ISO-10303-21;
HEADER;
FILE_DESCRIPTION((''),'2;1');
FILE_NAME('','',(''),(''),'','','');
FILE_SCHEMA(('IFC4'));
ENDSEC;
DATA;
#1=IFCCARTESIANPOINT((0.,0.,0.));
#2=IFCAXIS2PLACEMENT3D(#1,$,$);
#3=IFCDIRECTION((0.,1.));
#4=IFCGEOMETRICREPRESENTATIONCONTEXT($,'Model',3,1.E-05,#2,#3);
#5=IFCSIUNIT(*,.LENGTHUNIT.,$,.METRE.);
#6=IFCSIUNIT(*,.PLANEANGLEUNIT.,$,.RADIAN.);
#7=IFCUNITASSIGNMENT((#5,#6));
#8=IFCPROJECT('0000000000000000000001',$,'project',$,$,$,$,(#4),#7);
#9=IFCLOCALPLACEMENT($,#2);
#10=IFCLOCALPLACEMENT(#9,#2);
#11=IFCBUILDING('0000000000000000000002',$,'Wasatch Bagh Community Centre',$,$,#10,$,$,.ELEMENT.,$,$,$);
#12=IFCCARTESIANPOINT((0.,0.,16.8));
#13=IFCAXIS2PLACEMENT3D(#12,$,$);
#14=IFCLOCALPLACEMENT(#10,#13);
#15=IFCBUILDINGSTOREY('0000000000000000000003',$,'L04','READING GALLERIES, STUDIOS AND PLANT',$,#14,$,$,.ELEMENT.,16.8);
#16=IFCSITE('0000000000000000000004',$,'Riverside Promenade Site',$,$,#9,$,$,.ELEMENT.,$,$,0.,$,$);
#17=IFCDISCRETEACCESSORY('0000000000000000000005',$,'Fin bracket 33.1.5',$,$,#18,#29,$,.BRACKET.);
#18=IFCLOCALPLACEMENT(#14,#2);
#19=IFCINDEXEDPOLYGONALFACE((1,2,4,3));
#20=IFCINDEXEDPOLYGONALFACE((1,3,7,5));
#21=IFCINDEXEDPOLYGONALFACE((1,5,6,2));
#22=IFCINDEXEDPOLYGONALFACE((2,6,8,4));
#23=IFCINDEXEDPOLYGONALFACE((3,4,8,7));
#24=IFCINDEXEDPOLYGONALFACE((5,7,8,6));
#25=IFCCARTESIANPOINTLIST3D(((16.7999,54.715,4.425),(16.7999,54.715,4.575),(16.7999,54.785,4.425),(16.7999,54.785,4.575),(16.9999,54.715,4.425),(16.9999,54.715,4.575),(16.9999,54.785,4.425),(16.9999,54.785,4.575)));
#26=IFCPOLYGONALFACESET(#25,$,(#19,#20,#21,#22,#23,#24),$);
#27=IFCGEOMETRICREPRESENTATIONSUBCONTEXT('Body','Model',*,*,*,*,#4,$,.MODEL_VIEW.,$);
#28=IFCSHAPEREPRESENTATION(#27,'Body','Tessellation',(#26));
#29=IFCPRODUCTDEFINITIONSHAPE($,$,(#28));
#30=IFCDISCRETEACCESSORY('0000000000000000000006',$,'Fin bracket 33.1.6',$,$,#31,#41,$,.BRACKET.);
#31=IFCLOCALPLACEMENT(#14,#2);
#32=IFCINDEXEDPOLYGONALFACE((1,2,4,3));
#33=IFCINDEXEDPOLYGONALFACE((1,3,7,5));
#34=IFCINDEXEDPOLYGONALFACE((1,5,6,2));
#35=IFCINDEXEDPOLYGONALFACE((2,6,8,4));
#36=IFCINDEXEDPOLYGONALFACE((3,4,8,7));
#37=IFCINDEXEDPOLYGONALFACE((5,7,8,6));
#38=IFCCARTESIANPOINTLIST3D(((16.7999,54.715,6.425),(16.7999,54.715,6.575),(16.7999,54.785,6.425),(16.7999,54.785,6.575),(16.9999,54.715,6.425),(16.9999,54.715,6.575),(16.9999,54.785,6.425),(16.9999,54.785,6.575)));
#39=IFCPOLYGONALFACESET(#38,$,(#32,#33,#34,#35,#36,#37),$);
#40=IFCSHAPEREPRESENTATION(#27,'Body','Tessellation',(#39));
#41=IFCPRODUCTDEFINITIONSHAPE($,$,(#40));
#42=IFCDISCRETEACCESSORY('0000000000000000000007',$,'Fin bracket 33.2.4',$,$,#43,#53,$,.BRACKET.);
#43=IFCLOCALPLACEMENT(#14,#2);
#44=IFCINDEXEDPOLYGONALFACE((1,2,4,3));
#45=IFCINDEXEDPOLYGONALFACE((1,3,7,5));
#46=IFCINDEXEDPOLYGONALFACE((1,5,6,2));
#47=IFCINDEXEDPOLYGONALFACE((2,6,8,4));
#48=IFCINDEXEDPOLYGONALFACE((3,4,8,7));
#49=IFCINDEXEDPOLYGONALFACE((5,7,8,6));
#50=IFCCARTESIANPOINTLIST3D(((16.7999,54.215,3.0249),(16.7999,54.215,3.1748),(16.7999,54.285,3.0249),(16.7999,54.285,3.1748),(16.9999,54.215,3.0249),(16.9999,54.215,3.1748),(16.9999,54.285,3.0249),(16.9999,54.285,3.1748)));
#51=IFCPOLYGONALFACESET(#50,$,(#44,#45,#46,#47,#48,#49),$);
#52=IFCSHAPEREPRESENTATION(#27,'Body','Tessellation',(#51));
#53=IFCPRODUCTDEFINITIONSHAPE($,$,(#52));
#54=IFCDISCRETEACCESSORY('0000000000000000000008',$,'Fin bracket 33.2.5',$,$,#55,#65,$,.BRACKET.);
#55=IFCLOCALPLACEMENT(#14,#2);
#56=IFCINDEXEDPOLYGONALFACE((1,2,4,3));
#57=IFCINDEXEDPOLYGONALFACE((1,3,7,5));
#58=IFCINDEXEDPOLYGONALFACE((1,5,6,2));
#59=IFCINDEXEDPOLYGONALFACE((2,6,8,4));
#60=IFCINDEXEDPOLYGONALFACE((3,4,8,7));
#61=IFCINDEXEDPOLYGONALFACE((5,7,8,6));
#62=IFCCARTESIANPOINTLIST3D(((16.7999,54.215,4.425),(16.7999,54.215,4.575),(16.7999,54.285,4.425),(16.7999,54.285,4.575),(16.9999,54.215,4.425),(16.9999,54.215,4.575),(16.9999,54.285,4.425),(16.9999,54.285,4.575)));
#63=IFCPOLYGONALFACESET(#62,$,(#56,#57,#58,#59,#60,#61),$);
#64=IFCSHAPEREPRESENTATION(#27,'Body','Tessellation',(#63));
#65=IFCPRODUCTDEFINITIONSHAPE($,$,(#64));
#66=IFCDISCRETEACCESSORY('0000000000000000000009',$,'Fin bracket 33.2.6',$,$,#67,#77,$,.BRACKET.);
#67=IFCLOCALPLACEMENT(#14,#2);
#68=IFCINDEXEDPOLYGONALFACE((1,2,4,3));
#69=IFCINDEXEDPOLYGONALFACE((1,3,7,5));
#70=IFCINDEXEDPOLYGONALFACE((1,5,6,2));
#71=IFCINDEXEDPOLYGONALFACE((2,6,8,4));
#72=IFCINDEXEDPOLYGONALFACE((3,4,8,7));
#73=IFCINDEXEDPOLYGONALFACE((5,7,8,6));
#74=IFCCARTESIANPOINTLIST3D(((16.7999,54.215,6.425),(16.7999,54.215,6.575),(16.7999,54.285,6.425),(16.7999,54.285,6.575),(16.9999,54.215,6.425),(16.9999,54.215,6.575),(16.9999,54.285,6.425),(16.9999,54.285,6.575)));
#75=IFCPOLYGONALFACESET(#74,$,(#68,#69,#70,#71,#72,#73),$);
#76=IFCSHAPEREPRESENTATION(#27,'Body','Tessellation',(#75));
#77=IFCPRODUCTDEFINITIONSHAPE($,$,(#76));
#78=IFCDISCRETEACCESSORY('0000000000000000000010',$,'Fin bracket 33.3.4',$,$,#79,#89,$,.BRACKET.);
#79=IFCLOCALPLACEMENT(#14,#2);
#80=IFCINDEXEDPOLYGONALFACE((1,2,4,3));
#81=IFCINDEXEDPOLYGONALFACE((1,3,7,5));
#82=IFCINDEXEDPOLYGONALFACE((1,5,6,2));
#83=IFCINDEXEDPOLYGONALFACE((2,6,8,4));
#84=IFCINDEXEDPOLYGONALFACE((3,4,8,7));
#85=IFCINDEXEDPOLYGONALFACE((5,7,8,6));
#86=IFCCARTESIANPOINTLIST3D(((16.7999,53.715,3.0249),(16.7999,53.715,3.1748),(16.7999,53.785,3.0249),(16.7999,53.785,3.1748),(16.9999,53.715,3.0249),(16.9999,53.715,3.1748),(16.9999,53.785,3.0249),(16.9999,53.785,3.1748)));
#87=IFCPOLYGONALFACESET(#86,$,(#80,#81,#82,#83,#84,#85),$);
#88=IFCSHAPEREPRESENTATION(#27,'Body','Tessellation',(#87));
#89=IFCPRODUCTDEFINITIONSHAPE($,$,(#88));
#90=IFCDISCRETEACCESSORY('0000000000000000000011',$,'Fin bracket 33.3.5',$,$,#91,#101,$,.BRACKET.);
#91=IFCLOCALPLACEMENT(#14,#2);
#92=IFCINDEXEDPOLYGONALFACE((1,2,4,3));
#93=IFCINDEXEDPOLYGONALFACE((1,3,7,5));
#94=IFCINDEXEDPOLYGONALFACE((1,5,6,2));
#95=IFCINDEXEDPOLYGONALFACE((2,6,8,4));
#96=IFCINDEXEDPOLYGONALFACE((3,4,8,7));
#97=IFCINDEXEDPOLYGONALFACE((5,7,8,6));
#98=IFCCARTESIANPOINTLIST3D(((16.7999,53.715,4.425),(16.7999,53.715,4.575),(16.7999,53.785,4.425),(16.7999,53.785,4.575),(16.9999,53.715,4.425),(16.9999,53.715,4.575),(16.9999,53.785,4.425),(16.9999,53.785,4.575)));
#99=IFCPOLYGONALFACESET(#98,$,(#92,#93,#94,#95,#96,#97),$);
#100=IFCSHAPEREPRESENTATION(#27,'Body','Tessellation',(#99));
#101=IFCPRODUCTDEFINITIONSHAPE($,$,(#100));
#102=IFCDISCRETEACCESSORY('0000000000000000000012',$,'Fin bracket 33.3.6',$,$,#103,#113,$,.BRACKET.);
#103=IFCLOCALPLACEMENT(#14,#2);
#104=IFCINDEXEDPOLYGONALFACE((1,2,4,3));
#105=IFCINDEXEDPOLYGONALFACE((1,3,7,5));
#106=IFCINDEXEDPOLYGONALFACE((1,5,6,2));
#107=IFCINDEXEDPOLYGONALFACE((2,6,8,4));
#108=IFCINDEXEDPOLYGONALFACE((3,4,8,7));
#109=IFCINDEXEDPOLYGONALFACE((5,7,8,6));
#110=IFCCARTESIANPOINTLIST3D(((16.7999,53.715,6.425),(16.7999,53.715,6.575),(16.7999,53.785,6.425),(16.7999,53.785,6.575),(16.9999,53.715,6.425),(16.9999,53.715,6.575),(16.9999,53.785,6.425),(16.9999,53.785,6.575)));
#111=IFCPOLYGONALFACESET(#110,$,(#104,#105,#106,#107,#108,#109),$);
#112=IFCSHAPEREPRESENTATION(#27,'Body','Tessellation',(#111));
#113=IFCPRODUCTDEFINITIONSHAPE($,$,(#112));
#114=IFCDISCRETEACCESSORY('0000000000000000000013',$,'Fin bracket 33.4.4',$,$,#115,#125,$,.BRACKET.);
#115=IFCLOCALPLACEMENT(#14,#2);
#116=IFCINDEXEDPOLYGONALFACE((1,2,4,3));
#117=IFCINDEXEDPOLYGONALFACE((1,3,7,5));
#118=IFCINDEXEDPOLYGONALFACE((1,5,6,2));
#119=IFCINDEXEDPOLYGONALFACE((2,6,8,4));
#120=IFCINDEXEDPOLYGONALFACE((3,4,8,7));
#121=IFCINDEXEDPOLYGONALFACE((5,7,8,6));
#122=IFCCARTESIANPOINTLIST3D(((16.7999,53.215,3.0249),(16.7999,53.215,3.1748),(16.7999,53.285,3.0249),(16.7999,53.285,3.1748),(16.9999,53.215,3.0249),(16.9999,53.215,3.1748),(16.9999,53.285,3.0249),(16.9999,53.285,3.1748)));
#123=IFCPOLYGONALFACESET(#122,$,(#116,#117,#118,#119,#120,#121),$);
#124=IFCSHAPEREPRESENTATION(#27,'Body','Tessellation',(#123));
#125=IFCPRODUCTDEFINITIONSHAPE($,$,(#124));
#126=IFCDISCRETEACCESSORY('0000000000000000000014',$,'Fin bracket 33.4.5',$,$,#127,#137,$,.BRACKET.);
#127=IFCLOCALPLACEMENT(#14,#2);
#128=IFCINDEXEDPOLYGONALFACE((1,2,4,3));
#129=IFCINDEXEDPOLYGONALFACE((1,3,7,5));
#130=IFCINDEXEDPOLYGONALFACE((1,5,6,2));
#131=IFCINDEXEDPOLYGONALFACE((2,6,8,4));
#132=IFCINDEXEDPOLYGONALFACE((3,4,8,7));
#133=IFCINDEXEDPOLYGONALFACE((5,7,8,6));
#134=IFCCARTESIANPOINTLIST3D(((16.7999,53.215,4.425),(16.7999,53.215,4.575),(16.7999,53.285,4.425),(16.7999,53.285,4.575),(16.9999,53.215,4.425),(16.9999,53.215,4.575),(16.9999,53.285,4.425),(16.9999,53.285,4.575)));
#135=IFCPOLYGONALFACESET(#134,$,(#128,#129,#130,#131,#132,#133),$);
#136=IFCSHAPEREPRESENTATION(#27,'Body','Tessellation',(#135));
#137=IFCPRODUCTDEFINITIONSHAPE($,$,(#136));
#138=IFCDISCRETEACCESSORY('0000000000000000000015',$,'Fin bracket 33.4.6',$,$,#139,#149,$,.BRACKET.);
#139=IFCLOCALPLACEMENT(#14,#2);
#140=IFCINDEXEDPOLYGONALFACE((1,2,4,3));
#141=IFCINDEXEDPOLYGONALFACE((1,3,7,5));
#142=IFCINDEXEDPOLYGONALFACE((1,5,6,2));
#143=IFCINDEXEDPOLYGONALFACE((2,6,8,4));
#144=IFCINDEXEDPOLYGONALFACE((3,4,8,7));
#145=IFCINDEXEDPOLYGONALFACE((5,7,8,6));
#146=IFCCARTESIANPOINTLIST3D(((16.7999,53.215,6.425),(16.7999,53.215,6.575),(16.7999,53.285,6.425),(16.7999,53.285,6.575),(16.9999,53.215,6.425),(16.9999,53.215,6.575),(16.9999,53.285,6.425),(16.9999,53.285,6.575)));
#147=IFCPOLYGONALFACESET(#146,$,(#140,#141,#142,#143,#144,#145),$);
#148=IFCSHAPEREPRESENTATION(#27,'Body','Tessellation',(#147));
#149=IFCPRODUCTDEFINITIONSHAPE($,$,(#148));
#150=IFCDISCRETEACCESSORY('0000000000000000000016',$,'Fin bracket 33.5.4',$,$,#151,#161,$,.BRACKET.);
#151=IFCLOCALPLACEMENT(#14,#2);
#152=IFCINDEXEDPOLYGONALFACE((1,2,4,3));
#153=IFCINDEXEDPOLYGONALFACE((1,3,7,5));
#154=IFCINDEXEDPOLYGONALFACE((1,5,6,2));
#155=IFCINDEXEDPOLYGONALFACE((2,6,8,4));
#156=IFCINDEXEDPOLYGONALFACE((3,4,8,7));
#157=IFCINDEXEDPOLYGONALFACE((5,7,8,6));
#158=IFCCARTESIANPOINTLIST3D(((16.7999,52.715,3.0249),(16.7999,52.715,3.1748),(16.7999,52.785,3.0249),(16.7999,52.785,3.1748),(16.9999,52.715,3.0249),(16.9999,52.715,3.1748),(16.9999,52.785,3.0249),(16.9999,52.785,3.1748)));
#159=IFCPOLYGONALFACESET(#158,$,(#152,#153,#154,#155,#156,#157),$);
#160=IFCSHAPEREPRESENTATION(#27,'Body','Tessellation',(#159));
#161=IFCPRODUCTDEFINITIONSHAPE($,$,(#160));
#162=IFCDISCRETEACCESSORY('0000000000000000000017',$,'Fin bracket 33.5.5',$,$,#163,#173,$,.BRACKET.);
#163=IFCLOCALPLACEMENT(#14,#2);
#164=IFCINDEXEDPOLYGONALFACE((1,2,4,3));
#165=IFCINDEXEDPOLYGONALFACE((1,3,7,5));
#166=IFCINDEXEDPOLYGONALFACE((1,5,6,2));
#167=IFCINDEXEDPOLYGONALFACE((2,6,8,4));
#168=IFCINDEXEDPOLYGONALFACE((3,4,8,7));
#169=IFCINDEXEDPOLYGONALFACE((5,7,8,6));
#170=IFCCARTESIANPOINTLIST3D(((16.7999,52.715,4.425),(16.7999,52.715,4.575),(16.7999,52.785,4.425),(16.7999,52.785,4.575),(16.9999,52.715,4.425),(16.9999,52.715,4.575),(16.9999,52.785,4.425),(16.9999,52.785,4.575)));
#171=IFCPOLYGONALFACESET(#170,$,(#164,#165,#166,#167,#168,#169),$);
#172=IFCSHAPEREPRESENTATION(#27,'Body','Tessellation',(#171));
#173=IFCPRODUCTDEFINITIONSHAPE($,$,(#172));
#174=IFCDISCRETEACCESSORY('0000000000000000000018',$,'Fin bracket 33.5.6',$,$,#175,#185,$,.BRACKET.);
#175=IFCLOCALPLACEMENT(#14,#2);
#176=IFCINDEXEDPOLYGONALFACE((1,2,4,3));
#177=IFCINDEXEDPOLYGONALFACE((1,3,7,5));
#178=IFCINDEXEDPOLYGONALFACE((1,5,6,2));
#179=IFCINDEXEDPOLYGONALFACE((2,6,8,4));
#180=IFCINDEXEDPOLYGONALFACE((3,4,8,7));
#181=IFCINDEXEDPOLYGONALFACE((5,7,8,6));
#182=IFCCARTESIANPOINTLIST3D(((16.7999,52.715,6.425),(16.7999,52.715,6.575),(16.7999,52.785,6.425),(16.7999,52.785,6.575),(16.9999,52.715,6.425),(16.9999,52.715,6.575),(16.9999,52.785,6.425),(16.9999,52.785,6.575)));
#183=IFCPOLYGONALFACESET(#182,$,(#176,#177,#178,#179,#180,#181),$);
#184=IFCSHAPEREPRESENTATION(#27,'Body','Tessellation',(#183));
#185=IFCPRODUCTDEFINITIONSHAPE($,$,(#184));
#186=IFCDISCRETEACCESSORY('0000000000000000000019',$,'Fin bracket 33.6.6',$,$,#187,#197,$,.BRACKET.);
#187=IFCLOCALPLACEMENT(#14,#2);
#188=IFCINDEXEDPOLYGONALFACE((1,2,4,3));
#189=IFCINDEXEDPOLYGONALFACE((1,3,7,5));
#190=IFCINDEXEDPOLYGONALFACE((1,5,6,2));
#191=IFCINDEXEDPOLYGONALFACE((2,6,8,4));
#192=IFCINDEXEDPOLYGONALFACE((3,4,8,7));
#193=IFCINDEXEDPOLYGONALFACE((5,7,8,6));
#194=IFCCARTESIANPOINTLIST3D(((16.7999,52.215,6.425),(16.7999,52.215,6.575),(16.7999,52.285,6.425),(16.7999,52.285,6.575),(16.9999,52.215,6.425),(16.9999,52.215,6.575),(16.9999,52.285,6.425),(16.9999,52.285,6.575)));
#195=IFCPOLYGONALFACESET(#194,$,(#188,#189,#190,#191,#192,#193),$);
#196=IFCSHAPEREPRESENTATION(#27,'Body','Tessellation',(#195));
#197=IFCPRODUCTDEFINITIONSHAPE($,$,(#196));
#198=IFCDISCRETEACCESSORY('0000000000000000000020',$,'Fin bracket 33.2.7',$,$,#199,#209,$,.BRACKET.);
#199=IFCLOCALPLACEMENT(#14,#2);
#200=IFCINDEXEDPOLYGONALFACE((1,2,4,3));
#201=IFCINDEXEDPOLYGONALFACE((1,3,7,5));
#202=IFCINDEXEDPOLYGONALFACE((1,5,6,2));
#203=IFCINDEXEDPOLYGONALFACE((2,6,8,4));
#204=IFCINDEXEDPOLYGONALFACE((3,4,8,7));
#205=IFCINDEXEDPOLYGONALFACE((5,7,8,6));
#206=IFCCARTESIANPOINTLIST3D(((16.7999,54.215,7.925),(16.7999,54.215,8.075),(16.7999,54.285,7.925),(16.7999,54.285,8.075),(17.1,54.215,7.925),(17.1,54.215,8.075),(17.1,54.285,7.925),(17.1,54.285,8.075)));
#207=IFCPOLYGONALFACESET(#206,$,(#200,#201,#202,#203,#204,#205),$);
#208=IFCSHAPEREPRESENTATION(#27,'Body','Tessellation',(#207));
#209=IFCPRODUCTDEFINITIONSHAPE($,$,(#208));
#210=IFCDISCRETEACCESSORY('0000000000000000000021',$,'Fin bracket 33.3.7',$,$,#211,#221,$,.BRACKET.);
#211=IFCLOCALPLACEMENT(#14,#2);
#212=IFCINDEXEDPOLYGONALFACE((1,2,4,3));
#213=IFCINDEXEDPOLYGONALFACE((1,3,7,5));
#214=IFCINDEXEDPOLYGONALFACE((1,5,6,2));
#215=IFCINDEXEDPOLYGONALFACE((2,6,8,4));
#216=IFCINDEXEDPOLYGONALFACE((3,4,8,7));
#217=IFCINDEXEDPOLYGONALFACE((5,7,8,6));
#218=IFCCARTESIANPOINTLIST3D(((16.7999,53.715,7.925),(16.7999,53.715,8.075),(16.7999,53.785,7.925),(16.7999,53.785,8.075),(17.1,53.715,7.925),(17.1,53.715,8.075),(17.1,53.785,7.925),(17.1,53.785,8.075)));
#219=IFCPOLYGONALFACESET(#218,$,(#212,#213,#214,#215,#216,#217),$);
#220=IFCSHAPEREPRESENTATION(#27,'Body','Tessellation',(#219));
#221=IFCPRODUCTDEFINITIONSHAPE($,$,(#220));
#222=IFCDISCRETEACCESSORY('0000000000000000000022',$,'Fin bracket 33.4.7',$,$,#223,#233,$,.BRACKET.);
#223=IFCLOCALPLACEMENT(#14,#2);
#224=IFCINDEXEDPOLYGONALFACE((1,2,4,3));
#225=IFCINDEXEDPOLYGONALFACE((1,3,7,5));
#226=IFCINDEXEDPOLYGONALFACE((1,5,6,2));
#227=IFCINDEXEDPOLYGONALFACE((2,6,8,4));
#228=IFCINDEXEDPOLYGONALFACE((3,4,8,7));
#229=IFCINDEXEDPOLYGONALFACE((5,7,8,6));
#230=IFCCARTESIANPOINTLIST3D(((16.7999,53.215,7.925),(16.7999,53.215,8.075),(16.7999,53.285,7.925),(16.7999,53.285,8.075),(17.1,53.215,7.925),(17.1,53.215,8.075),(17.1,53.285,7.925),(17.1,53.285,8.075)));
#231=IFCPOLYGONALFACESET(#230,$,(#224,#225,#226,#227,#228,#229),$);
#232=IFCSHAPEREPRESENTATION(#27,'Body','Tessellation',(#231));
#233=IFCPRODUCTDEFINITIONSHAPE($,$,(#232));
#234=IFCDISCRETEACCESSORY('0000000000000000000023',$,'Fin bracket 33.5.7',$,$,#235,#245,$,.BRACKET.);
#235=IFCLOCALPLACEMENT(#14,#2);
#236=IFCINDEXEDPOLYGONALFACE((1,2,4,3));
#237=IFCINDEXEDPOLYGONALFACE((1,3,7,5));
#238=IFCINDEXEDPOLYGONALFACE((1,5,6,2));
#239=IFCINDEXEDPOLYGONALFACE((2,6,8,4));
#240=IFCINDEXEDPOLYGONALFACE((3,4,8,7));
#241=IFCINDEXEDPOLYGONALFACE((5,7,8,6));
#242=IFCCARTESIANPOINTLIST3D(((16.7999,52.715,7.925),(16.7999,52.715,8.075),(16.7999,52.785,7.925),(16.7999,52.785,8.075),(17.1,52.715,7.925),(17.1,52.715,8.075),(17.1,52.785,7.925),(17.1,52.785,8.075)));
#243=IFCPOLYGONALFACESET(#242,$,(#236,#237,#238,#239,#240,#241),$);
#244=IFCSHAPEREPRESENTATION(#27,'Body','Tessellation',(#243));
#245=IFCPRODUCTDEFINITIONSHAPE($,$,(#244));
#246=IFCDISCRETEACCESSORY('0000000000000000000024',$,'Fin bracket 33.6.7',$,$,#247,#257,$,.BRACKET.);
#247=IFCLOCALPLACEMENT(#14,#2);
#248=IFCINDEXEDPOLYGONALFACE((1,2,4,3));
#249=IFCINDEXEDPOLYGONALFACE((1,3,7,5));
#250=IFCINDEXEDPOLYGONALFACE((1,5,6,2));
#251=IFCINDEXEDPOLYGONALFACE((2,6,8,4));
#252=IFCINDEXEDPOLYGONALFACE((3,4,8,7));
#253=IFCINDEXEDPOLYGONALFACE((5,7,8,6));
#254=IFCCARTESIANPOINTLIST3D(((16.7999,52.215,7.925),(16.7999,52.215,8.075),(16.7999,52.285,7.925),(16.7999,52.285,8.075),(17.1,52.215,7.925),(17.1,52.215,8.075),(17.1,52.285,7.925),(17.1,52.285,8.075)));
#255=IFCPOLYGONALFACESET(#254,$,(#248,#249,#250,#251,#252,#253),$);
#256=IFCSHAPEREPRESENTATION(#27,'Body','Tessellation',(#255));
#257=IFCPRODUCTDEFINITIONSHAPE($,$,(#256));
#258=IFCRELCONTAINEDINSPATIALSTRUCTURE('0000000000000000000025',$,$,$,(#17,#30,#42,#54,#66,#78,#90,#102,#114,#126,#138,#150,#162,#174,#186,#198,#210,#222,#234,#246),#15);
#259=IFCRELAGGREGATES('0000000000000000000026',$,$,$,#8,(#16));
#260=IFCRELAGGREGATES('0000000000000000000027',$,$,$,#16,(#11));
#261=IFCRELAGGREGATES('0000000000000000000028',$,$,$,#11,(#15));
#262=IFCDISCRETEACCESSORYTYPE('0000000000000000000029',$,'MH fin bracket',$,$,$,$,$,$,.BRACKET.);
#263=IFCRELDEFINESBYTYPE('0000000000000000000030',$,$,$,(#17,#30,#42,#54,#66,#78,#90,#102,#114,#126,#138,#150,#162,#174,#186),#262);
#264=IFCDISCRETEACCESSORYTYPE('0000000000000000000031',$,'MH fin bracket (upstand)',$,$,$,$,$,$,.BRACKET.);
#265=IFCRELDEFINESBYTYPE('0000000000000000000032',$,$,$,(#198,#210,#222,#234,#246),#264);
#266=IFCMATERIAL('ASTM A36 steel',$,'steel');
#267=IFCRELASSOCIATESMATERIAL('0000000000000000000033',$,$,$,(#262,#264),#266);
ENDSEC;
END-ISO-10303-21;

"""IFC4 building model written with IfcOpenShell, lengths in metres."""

from ifc_helpers import new_model, si_unit, direction, frame, origin, origin_2d, place, context, subcontext, project, spatial, rectangle, extrude, material, type_object, element, save


model = new_model("IFC4")

# Units and contexts
model_context = context("Model", 3, precision=1e-05, world=origin(), true_north=direction((0.0, 1.0)))
body_context = subcontext(model_context, "Body", "Model", "MODEL_VIEW")
ifc_project = project(units=[si_unit("LENGTHUNIT", "METRE"), si_unit("PLANEANGLEUNIT", "RADIAN")], contexts=[model_context])

# Site, building, storey
site_placement = place(None, origin())
site = spatial("IfcSite", under=ifc_project, at=site_placement, Name="Riverside Promenade Site", CompositionType="ELEMENT", RefElevation=0.0)
building_placement = place(site_placement, origin())
building = spatial("IfcBuilding", under=site, at=building_placement, Name="Wasatch Bagh Community Centre", CompositionType="ELEMENT")
storey_placement = place(building_placement, frame((0.0, 0.0, 16.8)))
storey = spatial("IfcBuildingStorey", under=building, at=storey_placement, Name="L04", Description="READING GALLERIES, STUDIOS AND PLANT", CompositionType="ELEMENT", Elevation=16.8)

# Discrete accessories
ifc_material = material(Name="ASTM A36 steel", Category="steel")
discrete_accessory_type_1 = type_object("IfcDiscreteAccessoryType", Name="MH fin bracket", PredefinedType="BRACKET", material=ifc_material)
for number, where, z_axis, x_axis, name in (
    (1, (16.8999, 54.75, 4.425), (0.0, 0.0, 1.0), (0.0, -1.0, 0.0), "Fin bracket 33.1.5"),
    (2, (16.8999, 54.75, 6.425), (0.0, 0.0, 1.0), (0.0, -1.0, 0.0), "Fin bracket 33.1.6"),
    (3, (16.8999, 54.25, 3.0249), (0.0, 0.0, 1.0), (0.0, -1.0, 0.0), "Fin bracket 33.2.4"),
    (4, (16.8999, 54.25, 4.425), (0.0, 0.0, 1.0), (0.0, -1.0, 0.0), "Fin bracket 33.2.5"),
    (5, (16.8999, 54.25, 6.425), (0.0, 0.0, 1.0), (0.0, -1.0, 0.0), "Fin bracket 33.2.6"),
    (6, (16.8999, 53.75, 3.0249), (0.0, 0.0, 1.0), (0.0, -1.0, 0.0), "Fin bracket 33.3.4"),
    (7, (16.8999, 53.75, 4.425), (0.0, 0.0, 1.0), (0.0, -1.0, 0.0), "Fin bracket 33.3.5"),
    (8, (16.8999, 53.75, 6.425), (0.0, 0.0, 1.0), (0.0, -1.0, 0.0), "Fin bracket 33.3.6"),
    (9, (16.8999, 53.25, 3.0249), (0.0, 0.0, 1.0), (0.0, -1.0, 0.0), "Fin bracket 33.4.4"),
    (10, (16.8999, 53.25, 4.425), (0.0, 0.0, 1.0), (0.0, -1.0, 0.0), "Fin bracket 33.4.5"),
    (11, (16.8999, 53.25, 6.425), (0.0, 0.0, 1.0), (0.0, -1.0, 0.0), "Fin bracket 33.4.6"),
    (12, (16.8999, 52.75, 3.0249), (0.0, 0.0, 1.0), (0.0, -1.0, 0.0), "Fin bracket 33.5.4"),
    (13, (16.8999, 52.75, 4.425), (0.0, 0.0, 1.0), (0.0, -1.0, 0.0), "Fin bracket 33.5.5"),
    (14, (16.8999, 52.75, 6.425), (0.0, 0.0, 1.0), (0.0, -1.0, 0.0), "Fin bracket 33.5.6"),
    (15, (16.8999, 52.25, 6.425), (0.0, 0.0, 1.0), (0.0, -1.0, 0.0), "Fin bracket 33.6.6"),
):
    element("IfcDiscreteAccessory", number, at=place(storey_placement, frame(where, z_axis=z_axis, x_axis=x_axis)), inside=storey, type_object=discrete_accessory_type_1, Name=name, PredefinedType="BRACKET", context=body_context, shape_type="SweptSolid", body=[
        extrude(rectangle(XDim=0.0701, YDim=0.2, at=origin_2d()), origin(), (0.0, 0.0, 1.0), 0.1499),
    ])
discrete_accessory_type_2 = type_object("IfcDiscreteAccessoryType", Name="MH fin bracket (upstand)", PredefinedType="BRACKET", material=ifc_material)
for number, where, z_axis, x_axis, name in (
    (16, (16.95, 54.25, 7.925), (0.0, 0.0, 1.0), (0.0, -1.0, 0.0), "Fin bracket 33.2.7"),
    (17, (16.95, 53.75, 7.925), (0.0, 0.0, 1.0), (0.0, -1.0, 0.0), "Fin bracket 33.3.7"),
    (18, (16.95, 53.25, 7.925), (0.0, 0.0, 1.0), (0.0, -1.0, 0.0), "Fin bracket 33.4.7"),
    (19, (16.95, 52.75, 7.925), (0.0, 0.0, 1.0), (0.0, -1.0, 0.0), "Fin bracket 33.5.7"),
    (20, (16.95, 52.25, 7.925), (0.0, 0.0, 1.0), (0.0, -1.0, 0.0), "Fin bracket 33.6.7"),
):
    element("IfcDiscreteAccessory", number, at=place(storey_placement, frame(where, z_axis=z_axis, x_axis=x_axis)), inside=storey, type_object=discrete_accessory_type_2, Name=name, PredefinedType="BRACKET", context=body_context, shape_type="SweptSolid", body=[
        extrude(rectangle(XDim=0.0701, YDim=0.3, at=origin_2d()), origin(), (0.0, 0.0, 1.0), 0.1499),
    ])

save(model, "model.ifc")
